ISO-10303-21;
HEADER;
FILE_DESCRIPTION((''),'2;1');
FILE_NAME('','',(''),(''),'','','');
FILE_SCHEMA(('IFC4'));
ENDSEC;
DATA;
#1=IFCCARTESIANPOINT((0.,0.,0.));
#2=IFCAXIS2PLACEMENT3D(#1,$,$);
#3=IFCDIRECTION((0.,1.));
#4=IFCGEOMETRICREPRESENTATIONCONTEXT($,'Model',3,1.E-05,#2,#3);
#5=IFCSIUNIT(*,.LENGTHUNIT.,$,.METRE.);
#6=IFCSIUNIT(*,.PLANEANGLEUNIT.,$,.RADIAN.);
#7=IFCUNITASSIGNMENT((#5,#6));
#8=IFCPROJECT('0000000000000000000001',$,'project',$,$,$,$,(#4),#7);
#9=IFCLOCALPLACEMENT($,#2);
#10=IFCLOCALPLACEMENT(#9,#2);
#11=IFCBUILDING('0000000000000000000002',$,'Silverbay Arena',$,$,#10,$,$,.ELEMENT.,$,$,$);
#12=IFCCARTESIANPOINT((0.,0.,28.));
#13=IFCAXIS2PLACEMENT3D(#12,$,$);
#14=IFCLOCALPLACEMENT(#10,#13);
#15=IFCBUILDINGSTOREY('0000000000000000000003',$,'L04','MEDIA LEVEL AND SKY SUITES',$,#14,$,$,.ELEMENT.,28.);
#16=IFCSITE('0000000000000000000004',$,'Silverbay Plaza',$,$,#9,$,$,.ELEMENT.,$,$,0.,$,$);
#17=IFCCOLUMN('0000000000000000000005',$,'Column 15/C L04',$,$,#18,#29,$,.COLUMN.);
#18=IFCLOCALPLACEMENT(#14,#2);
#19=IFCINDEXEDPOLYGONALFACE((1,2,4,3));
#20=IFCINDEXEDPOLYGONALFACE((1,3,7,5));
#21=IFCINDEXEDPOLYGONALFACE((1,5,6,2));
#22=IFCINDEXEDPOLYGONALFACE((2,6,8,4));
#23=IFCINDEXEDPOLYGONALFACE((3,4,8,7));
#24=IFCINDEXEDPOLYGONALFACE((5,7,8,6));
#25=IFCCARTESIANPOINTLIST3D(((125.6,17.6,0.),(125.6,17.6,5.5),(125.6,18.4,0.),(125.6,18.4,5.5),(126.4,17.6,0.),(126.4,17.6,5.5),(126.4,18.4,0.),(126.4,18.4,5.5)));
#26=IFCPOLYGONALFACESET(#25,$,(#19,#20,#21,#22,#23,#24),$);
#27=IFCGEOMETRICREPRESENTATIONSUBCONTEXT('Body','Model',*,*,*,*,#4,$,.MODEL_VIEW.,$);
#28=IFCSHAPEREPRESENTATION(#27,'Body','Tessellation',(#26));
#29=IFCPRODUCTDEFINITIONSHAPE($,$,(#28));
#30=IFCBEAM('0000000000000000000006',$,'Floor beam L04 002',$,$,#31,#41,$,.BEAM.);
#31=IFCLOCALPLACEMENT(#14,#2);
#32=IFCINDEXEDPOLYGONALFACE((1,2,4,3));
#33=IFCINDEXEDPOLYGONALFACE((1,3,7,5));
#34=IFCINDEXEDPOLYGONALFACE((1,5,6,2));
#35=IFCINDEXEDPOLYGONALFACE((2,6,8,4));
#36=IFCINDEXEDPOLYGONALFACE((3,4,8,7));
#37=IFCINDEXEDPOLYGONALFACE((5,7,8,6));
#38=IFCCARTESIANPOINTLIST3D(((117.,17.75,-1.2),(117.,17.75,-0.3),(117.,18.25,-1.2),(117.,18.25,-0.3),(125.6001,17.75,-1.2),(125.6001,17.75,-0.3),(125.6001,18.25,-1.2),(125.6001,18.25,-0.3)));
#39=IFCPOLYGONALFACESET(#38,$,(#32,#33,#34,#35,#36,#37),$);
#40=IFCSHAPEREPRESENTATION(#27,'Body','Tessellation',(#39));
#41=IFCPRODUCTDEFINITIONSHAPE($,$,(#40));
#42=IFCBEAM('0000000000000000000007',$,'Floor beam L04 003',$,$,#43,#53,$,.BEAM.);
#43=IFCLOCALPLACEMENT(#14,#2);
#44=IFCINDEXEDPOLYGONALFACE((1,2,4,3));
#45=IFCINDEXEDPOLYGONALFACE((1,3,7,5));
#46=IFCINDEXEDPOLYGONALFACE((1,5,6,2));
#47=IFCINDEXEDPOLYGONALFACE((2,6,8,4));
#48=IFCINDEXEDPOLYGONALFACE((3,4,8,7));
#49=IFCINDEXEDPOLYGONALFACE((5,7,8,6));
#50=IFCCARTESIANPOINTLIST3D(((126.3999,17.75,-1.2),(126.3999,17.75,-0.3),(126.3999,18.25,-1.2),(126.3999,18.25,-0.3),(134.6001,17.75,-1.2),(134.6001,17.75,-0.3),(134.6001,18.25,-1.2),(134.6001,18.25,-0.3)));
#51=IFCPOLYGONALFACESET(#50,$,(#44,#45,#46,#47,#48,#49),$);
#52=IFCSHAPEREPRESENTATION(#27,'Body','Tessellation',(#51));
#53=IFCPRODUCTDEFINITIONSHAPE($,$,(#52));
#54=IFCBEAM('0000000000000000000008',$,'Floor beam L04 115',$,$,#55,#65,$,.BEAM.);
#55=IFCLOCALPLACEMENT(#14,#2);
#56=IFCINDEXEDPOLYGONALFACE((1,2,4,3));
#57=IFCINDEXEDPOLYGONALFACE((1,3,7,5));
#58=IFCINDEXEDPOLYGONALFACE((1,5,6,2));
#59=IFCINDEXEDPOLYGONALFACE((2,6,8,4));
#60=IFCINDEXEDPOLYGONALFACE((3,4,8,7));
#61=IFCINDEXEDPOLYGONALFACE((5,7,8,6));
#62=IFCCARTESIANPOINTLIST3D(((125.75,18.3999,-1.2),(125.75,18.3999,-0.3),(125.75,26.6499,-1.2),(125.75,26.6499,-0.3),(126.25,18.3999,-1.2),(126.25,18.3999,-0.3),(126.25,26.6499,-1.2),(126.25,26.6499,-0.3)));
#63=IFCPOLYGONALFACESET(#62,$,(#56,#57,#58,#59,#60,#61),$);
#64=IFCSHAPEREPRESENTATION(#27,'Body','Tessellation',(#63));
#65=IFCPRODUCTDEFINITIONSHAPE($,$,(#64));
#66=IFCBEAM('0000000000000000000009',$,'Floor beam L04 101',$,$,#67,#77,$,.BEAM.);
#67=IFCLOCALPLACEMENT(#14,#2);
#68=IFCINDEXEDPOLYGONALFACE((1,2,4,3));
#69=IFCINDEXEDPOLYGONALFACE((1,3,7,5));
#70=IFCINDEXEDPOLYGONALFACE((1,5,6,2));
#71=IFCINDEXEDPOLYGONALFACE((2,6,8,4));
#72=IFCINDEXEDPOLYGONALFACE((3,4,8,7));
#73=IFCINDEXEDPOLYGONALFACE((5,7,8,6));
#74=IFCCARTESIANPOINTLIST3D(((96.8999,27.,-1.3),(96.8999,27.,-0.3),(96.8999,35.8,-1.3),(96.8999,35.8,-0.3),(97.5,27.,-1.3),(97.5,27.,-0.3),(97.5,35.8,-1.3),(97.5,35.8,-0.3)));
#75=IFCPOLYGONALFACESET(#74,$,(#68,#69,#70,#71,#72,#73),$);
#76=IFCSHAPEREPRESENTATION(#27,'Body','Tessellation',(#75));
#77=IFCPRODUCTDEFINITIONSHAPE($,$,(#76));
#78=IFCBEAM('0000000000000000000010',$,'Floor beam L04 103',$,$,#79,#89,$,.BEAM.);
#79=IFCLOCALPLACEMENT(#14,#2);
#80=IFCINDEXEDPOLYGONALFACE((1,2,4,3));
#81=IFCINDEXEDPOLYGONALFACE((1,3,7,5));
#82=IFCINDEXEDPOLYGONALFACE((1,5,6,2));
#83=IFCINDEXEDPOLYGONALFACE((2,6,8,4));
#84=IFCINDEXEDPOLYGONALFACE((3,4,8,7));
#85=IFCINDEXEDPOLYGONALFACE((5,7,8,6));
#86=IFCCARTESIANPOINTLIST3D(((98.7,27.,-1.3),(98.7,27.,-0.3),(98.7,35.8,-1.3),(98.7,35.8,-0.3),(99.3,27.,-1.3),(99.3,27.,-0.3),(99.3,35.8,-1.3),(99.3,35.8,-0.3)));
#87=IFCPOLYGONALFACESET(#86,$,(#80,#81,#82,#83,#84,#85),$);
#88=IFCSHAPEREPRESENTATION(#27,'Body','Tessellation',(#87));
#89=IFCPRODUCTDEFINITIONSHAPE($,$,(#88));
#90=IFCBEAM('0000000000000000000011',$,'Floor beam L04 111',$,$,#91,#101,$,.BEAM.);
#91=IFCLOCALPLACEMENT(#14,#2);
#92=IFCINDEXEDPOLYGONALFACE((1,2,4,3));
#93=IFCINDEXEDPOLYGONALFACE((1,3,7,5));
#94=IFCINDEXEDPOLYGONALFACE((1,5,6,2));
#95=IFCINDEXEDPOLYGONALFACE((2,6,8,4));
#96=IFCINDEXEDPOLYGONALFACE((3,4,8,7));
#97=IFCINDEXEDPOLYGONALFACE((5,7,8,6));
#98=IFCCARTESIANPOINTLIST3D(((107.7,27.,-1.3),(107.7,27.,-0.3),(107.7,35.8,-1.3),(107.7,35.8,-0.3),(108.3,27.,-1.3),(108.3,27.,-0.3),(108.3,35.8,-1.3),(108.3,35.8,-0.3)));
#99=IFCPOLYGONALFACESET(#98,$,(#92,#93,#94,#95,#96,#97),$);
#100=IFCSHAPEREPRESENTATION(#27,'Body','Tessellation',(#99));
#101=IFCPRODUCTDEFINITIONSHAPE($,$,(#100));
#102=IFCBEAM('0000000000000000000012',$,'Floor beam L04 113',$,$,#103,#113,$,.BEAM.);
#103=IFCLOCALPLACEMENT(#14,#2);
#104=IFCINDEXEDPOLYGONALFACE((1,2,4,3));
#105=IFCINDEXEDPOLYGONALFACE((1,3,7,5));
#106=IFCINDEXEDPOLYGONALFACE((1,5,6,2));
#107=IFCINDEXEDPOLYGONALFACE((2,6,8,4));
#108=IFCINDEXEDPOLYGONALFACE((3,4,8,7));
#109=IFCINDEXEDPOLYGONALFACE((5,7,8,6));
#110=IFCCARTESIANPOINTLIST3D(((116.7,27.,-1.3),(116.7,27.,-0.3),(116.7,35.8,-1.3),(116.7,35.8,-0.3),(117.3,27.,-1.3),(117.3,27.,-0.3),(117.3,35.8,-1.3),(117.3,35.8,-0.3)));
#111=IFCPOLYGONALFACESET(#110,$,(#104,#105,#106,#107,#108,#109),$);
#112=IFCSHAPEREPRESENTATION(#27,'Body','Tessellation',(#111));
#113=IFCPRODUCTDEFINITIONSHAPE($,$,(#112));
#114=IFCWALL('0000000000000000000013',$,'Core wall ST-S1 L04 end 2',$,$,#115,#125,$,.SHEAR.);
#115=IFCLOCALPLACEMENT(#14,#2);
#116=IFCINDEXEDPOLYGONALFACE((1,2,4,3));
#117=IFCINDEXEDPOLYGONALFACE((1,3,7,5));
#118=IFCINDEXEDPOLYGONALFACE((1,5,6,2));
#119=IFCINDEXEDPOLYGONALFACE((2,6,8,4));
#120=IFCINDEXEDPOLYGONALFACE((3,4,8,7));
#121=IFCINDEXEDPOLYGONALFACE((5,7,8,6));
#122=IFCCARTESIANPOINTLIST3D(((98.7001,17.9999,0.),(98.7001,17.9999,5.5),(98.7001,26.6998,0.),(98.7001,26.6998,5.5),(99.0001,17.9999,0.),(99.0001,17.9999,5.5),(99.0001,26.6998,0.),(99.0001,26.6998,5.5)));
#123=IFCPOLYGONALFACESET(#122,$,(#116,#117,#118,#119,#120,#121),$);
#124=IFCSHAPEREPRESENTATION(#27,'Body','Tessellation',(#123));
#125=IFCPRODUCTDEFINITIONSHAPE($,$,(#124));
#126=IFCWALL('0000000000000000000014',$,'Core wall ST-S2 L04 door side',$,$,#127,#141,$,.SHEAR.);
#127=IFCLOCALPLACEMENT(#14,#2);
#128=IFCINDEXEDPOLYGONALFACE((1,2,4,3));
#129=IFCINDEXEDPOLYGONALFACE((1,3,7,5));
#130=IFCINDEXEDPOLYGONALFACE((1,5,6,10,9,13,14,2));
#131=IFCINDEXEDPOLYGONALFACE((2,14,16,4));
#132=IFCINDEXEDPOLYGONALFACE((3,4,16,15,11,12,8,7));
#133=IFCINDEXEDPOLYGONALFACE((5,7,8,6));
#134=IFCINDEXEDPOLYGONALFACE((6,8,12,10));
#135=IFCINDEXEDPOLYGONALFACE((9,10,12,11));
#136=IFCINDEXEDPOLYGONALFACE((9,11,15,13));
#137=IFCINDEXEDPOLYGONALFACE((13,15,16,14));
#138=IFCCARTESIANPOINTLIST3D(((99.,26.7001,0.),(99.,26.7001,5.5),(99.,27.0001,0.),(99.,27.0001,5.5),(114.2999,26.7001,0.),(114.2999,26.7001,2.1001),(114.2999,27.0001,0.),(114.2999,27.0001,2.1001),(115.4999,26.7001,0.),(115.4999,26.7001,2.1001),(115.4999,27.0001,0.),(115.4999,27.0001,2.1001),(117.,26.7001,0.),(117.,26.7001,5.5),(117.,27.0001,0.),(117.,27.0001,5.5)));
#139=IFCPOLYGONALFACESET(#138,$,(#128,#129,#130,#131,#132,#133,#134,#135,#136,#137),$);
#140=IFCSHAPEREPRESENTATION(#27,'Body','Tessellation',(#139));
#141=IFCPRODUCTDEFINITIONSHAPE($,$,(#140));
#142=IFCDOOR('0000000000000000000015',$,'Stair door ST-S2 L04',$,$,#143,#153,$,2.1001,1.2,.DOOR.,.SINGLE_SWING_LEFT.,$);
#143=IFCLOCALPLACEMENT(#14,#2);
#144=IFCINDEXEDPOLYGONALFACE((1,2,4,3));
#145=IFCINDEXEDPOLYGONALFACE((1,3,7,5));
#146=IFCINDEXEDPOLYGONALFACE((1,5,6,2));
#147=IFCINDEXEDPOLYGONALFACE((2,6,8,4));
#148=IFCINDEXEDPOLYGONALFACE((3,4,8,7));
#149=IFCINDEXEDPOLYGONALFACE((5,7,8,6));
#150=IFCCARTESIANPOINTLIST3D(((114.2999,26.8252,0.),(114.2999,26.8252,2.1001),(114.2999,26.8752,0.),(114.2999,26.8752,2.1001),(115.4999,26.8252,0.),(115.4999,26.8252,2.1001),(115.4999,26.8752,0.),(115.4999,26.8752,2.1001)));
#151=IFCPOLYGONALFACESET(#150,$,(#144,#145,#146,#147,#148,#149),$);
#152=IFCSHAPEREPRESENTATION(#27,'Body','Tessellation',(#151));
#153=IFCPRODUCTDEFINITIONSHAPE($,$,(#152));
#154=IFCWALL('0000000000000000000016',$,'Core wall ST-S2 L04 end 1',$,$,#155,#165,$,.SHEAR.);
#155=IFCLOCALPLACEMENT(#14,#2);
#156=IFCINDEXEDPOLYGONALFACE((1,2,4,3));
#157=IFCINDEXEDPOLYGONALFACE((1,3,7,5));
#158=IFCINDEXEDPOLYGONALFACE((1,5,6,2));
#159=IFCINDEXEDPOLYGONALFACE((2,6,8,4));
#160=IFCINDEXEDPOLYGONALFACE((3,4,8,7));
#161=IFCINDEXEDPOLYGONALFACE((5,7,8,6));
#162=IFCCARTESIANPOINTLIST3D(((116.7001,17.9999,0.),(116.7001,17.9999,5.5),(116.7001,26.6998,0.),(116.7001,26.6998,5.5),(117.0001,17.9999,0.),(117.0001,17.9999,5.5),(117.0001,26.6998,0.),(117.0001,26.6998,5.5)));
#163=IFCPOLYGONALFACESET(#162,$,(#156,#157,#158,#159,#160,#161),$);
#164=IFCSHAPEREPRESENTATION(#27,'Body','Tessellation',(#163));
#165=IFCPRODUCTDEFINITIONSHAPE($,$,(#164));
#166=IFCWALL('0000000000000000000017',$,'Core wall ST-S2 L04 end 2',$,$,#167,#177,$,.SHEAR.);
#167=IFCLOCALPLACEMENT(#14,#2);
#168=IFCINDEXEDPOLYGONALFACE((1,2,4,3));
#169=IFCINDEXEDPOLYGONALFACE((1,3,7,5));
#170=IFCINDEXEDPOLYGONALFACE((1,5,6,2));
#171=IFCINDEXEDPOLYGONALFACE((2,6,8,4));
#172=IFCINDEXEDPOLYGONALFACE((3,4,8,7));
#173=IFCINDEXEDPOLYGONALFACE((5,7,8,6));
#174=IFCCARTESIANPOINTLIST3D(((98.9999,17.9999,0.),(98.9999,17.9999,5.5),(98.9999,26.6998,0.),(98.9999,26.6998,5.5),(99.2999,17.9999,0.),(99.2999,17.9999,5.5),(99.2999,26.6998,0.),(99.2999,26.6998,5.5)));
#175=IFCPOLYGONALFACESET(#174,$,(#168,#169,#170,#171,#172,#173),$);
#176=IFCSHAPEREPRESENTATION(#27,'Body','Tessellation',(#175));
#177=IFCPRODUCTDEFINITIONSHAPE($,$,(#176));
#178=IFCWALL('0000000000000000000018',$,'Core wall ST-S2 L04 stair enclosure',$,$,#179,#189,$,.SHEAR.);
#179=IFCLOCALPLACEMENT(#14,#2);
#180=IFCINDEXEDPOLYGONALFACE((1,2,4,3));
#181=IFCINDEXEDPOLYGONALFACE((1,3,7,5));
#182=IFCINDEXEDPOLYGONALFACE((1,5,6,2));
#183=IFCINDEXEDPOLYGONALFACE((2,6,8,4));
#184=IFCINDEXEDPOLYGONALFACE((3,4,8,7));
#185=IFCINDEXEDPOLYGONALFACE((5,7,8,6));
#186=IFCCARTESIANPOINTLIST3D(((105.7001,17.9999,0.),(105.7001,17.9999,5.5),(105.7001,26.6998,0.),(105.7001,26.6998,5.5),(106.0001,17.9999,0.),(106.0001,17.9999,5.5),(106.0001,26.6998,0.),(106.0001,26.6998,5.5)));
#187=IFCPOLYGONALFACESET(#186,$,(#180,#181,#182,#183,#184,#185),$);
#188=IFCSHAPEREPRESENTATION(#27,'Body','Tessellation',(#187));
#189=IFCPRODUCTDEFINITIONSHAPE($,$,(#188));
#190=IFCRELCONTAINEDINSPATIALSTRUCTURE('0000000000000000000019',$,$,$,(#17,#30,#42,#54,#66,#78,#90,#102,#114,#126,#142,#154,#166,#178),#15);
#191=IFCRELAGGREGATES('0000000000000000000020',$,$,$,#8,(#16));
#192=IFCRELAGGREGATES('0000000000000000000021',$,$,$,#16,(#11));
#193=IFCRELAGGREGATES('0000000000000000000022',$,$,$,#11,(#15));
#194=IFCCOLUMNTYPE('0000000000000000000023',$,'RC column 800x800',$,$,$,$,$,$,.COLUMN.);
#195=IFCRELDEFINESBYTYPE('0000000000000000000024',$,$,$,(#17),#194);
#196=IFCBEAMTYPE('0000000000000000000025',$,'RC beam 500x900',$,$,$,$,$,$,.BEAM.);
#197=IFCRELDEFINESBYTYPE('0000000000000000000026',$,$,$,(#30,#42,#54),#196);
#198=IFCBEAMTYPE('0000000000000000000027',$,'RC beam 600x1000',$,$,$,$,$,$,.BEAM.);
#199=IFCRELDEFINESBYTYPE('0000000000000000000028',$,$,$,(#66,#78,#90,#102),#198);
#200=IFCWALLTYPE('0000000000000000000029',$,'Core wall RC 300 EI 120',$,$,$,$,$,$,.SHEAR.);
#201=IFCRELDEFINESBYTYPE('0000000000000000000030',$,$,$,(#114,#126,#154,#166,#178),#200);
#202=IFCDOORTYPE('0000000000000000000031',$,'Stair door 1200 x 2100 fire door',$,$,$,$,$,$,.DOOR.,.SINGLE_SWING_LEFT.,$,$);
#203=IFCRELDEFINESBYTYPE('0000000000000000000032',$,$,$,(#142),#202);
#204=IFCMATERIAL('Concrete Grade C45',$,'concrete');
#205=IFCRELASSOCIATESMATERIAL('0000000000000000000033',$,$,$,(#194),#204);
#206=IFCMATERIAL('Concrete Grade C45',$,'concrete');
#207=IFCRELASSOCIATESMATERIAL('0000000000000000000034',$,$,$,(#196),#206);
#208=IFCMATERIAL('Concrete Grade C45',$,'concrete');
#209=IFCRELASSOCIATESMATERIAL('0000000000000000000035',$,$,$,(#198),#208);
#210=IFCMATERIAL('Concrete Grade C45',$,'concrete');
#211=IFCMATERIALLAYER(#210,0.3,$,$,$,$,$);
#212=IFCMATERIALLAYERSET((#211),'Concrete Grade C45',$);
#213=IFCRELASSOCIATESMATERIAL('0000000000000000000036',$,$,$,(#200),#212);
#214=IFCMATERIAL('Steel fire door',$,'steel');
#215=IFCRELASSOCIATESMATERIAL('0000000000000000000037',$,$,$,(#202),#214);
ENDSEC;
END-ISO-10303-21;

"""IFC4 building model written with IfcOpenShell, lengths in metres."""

from ifc_helpers import new_model, si_unit, direction, frame, frame_2d, origin, origin_2d, place, context, subcontext, project, spatial, rectangle, extrude, material, layer, layer_set, material_profile, profile_set, type_object, element, fill, save


model = new_model("IFC4")

# Units and contexts
model_context = context("Model", 3, precision=1e-05, world=origin(), true_north=direction((0.0, 1.0)))
body_context = subcontext(model_context, "Body", "Model", "MODEL_VIEW")
ifc_project = project(units=[si_unit("LENGTHUNIT", "METRE"), si_unit("PLANEANGLEUNIT", "RADIAN")], contexts=[model_context])

# Site, building, storey
site_placement = place(None, origin())
site = spatial("IfcSite", under=ifc_project, at=site_placement, Name="Silverbay Plaza", CompositionType="ELEMENT", RefElevation=0.0)
building_placement = place(site_placement, origin())
building = spatial("IfcBuilding", under=site, at=building_placement, Name="Silverbay Arena", CompositionType="ELEMENT")
storey_placement = place(building_placement, frame((0.0, 0.0, 28.0)))
storey = spatial("IfcBuildingStorey", under=building, at=storey_placement, Name="L04", Description="MEDIA LEVEL AND SKY SUITES", CompositionType="ELEMENT", Elevation=28.0)

# Column
ifc_material_1 = material(Name="Concrete Grade C45", Category="concrete")
ifc_material_profile_1 = material_profile(ifc_material_1, rectangle(XDim=0.8, YDim=0.8, at=origin_2d()), Name="RC 800x800")
ifc_profile_set_1 = profile_set([ifc_material_profile_1], Name="Concrete Grade C45")
column_type = type_object("IfcColumnType", Name="RC column 800x800", PredefinedType="COLUMN", material=ifc_profile_set_1)
column_placement = place(storey_placement, frame((126.0, 18.0, 0.0), z_axis=(0.0, 0.0, 1.0), x_axis=(1.0, 0.0, 0.0)))
element("IfcColumn", 1, at=column_placement, inside=storey, type_object=column_type, Name="Column 15/C L04", PredefinedType="COLUMN", context=body_context, shape_type="SweptSolid", body=[
    extrude(rectangle(XDim=0.8, YDim=0.8, at=origin_2d()), origin(), (0.0, 0.0, 1.0), 5.5),
])

# Beams
ifc_material_2 = material(Name="Concrete Grade C45", Category="concrete")
ifc_material_profile_2 = material_profile(ifc_material_2, rectangle(XDim=0.5, YDim=0.8999, at=origin_2d()), Name="RC 500x900")
ifc_profile_set_2 = profile_set([ifc_material_profile_2], Name="Concrete Grade C45")
beam_type_1 = type_object("IfcBeamType", Name="RC beam 500x900", PredefinedType="BEAM", material=ifc_profile_set_2)
beam_1_placement = place(storey_placement, frame((117.0, 18.0, -0.75), z_axis=(1.0, 0.0, 0.0), x_axis=(0.0, 1.0, 0.0)))
element("IfcBeam", 2, at=beam_1_placement, inside=storey, type_object=beam_type_1, Name="Floor beam L04 002", PredefinedType="BEAM", context=body_context, shape_type="SweptSolid", body=[
    extrude(rectangle(XDim=0.5, YDim=0.8999, at=origin_2d()), origin(), (0.0, 0.0, 1.0), 8.6001),
])
beam_2_placement = place(storey_placement, frame((126.3999, 18.0, -0.75), z_axis=(1.0, 0.0, 0.0), x_axis=(0.0, 1.0, 0.0)))
element("IfcBeam", 3, at=beam_2_placement, inside=storey, type_object=beam_type_1, Name="Floor beam L04 003", PredefinedType="BEAM", context=body_context, shape_type="SweptSolid", body=[
    extrude(rectangle(XDim=0.5, YDim=0.8999, at=origin_2d()), origin(), (0.0, 0.0, 1.0), 8.2002),
])
beam_3_placement = place(storey_placement, frame((126.0, 18.3999, -0.75), z_axis=(0.0, 1.0, 0.0), x_axis=(-1.0, 0.0, 0.0)))
element("IfcBeam", 4, at=beam_3_placement, inside=storey, type_object=beam_type_1, Name="Floor beam L04 115", PredefinedType="BEAM", context=body_context, shape_type="SweptSolid", body=[
    extrude(rectangle(XDim=0.5, YDim=0.8999, at=origin_2d()), origin(), (0.0, 0.0, 1.0), 8.25),
])
ifc_material_3 = material(Name="Concrete Grade C45", Category="concrete")
ifc_material_profile_3 = material_profile(ifc_material_3, rectangle(XDim=0.6001, YDim=1.0, at=origin_2d()), Name="RC 600x1000")
ifc_profile_set_3 = profile_set([ifc_material_profile_3], Name="Concrete Grade C45")
beam_type_2 = type_object("IfcBeamType", Name="RC beam 600x1000", PredefinedType="BEAM", material=ifc_profile_set_3)
for number, where, z_axis, x_axis, name in (
    (5, (97.2, 27.0, -0.8), (0.0, 1.0, 0.0), (-1.0, 0.0, 0.0), "Floor beam L04 101"),
    (6, (99.0, 27.0, -0.8), (0.0, 1.0, 0.0), (-1.0, 0.0, 0.0), "Floor beam L04 103"),
    (7, (108.0, 27.0, -0.8), (0.0, 1.0, 0.0), (-1.0, 0.0, 0.0), "Floor beam L04 111"),
    (8, (117.0, 27.0, -0.8), (0.0, 1.0, 0.0), (-1.0, 0.0, 0.0), "Floor beam L04 113"),
):
    element("IfcBeam", number, at=place(storey_placement, frame(where, z_axis=z_axis, x_axis=x_axis)), inside=storey, type_object=beam_type_2, Name=name, PredefinedType="BEAM", context=body_context, shape_type="SweptSolid", body=[
        extrude(rectangle(XDim=0.6001, YDim=1.0, at=origin_2d()), origin(), (0.0, 0.0, 1.0), 8.8),
    ])

# Wall
ifc_material_4 = material(Name="Concrete Grade C45", Category="concrete")
ifc_layer = layer(ifc_material_4, 0.3)
ifc_layer_set = layer_set([ifc_layer], Name="Concrete Grade C45")
wall_type = type_object("IfcWallType", Name="Core wall RC 300 EI 120", PredefinedType="SHEAR", material=ifc_layer_set)
wall_1_placement = place(storey_placement, frame((98.8501, 26.7, 0.0), z_axis=(0.0, 0.0, 1.0), x_axis=(0.0, -1.0, 0.0)))
element("IfcWall", 9, at=wall_1_placement, inside=storey, type_object=wall_type, Name="Core wall ST-S1 L04 end 2", PredefinedType="SHEAR", context=body_context, shape_type="SweptSolid", body=[
    extrude(rectangle(XDim=8.7, YDim=0.3, at=frame_2d((4.3501, 0.0))), origin(), (0.0, 0.0, 1.0), 5.5),
])

# Wall, opening, door
wall_2_placement = place(storey_placement, frame((117.0, 26.8501, 0.0), z_axis=(0.0, 0.0, 1.0), x_axis=(-1.0, 0.0, 0.0)))
wall_2 = element("IfcWall", 10, at=wall_2_placement, inside=storey, type_object=wall_type, Name="Core wall ST-S2 L04 door side", PredefinedType="SHEAR", context=body_context, shape_type="SweptSolid", body=[
    extrude(rectangle(XDim=18.0, YDim=0.3, at=frame_2d((9.0, 0.0))), origin(), (0.0, 0.0, 1.0), 5.5),
])
opening_placement = place(wall_2_placement, frame((1.5, 0.0, 0.0)))
opening = element("IfcOpeningElement", 11, at=opening_placement, cuts=wall_2, PredefinedType="OPENING", context=body_context, shape_type="SweptSolid", body=[
    extrude(rectangle(XDim=1.2, YDim=2.1001, at=frame_2d((0.6001, 1.05))), frame((0.0, 0.1602, 0.0), z_axis=(0.0, -1.0, 0.0), x_axis=(1.0, 0.0, 0.0)), (0.0, 0.0, 1.0), 0.3201),
])
ifc_material_5 = material(Name="Steel fire door", Category="steel")
door_type = type_object("IfcDoorType", Name="Stair door 1200 x 2100 fire door", OperationType="SINGLE_SWING_LEFT", PredefinedType="DOOR", material=ifc_material_5)
door_placement = place(opening_placement, origin())
door = element("IfcDoor", 12, at=door_placement, inside=storey, type_object=door_type, Name="Stair door ST-S2 L04", OperationType="SINGLE_SWING_LEFT", OverallHeight=2.1001, OverallWidth=1.2, PredefinedType="DOOR", context=body_context, shape_type="SweptSolid", body=[
    extrude(rectangle(XDim=1.2, YDim=2.1001, at=frame_2d((0.6001, 1.05))), frame((0.0, 0.0249, 0.0), z_axis=(0.0, -1.0, 0.0), x_axis=(1.0, 0.0, 0.0)), (0.0, 0.0, 1.0), 0.05),
])
fill(opening, door)

# Walls
for number, where, z_axis, x_axis, name in (
    (13, (116.8501, 26.7, 0.0), (0.0, 0.0, 1.0), (0.0, -1.0, 0.0), "Core wall ST-S2 L04 end 1"),
    (14, (99.1499, 26.7, 0.0), (0.0, 0.0, 1.0), (0.0, -1.0, 0.0), "Core wall ST-S2 L04 end 2"),
    (15, (105.8501, 26.7, 0.0), (0.0, 0.0, 1.0), (0.0, -1.0, 0.0), "Core wall ST-S2 L04 stair enclosure"),
):
    element("IfcWall", number, at=place(storey_placement, frame(where, z_axis=z_axis, x_axis=x_axis)), inside=storey, type_object=wall_type, Name=name, PredefinedType="SHEAR", context=body_context, shape_type="SweptSolid", body=[
        extrude(rectangle(XDim=8.7, YDim=0.3, at=frame_2d((4.3501, 0.0))), origin(), (0.0, 0.0, 1.0), 5.5),
    ])

save(model, "model.ifc")
